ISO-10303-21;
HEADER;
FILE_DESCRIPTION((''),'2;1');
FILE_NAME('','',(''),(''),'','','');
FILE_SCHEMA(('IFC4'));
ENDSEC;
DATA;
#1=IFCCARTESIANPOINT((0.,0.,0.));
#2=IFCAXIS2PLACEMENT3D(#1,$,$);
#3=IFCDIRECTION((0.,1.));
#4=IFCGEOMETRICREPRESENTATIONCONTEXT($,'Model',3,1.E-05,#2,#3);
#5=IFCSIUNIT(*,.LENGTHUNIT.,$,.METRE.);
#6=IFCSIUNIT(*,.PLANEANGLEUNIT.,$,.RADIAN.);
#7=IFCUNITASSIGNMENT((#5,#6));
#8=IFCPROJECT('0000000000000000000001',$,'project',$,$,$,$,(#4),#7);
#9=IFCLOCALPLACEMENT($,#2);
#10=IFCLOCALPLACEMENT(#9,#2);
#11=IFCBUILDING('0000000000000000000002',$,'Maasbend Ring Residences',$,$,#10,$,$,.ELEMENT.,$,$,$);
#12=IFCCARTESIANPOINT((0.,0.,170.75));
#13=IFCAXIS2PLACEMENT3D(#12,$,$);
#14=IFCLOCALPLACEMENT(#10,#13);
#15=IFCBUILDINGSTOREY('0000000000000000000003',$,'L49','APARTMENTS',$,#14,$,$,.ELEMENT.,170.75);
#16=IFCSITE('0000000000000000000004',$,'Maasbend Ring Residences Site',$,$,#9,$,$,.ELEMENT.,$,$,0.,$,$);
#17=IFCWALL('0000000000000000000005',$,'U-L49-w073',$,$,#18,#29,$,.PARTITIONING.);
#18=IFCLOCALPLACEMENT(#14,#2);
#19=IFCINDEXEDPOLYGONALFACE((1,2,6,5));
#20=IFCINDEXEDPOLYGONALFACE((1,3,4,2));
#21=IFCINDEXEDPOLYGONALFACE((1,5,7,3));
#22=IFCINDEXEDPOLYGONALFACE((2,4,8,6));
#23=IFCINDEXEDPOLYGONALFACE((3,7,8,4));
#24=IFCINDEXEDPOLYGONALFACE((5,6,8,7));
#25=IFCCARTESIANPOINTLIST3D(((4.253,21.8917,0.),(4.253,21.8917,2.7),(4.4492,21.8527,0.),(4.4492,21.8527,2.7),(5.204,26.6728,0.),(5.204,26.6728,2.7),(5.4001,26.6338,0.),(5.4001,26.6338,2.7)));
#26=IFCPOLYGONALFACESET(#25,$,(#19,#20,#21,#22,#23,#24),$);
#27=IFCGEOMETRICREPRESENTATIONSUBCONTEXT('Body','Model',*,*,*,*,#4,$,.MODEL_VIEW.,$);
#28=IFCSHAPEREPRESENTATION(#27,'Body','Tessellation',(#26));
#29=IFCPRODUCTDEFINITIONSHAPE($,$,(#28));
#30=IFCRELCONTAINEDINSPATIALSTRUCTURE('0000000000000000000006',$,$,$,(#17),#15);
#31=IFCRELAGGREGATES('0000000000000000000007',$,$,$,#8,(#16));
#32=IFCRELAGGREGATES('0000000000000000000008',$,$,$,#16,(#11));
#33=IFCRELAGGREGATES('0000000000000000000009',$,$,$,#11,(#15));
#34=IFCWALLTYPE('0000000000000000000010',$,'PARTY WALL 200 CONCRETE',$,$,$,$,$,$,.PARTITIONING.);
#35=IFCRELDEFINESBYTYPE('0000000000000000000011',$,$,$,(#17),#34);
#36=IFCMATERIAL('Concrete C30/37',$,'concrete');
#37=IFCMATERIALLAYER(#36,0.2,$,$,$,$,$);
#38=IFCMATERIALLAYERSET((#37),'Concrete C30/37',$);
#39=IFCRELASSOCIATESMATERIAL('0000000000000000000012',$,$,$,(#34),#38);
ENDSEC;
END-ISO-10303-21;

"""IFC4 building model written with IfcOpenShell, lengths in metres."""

from ifc_helpers import new_model, si_unit, direction, frame, frame_2d, origin, place, context, subcontext, project, spatial, rectangle, extrude, material, layer, layer_set, type_object, element, save


model = new_model("IFC4")

# Units and contexts
model_context = context("Model", 3, precision=1e-05, world=origin(), true_north=direction((0.0, 1.0)))
body_context = subcontext(model_context, "Body", "Model", "MODEL_VIEW")
ifc_project = project(units=[si_unit("LENGTHUNIT", "METRE"), si_unit("PLANEANGLEUNIT", "RADIAN")], contexts=[model_context])

# Site, building, storey
site_placement = place(None, origin())
site = spatial("IfcSite", under=ifc_project, at=site_placement, Name="Maasbend Ring Residences Site", CompositionType="ELEMENT", RefElevation=0.0)
building_placement = place(site_placement, origin())
building = spatial("IfcBuilding", under=site, at=building_placement, Name="Maasbend Ring Residences", CompositionType="ELEMENT")
storey_placement = place(building_placement, frame((0.0, 0.0, 170.75)))
storey = spatial("IfcBuildingStorey", under=building, at=storey_placement, Name="L49", Description="APARTMENTS", CompositionType="ELEMENT", Elevation=170.75)

# Wall
ifc_material_1 = material(Name="Concrete C30/37", Category="concrete")
ifc_layer_1 = layer(ifc_material_1, 0.2)
ifc_layer_set_1 = layer_set([ifc_layer_1], Name="Concrete C30/37")
wall_type_1 = type_object("IfcWallType", Name="PARTY WALL 200 CONCRETE", PredefinedType="PARTITIONING", material=ifc_layer_set_1)
wall_1_placement = place(storey_placement, frame((4.3511, 21.8721, 0.0), z_axis=(0.0, 0.0, 1.0), x_axis=(0.195076, 0.980788, 0.0)))
element("IfcWall", 1, at=wall_1_placement, inside=storey, type_object=wall_type_1, Name="U-L49-w073", PredefinedType="PARTITIONING", context=body_context, shape_type="SweptSolid", body=[
    extrude(rectangle(XDim=4.8748, YDim=0.2, at=frame_2d((2.4375, 0.0))), origin(), (0.0, 0.0, 1.0), 2.7),
])

save(model, "model.ifc")
